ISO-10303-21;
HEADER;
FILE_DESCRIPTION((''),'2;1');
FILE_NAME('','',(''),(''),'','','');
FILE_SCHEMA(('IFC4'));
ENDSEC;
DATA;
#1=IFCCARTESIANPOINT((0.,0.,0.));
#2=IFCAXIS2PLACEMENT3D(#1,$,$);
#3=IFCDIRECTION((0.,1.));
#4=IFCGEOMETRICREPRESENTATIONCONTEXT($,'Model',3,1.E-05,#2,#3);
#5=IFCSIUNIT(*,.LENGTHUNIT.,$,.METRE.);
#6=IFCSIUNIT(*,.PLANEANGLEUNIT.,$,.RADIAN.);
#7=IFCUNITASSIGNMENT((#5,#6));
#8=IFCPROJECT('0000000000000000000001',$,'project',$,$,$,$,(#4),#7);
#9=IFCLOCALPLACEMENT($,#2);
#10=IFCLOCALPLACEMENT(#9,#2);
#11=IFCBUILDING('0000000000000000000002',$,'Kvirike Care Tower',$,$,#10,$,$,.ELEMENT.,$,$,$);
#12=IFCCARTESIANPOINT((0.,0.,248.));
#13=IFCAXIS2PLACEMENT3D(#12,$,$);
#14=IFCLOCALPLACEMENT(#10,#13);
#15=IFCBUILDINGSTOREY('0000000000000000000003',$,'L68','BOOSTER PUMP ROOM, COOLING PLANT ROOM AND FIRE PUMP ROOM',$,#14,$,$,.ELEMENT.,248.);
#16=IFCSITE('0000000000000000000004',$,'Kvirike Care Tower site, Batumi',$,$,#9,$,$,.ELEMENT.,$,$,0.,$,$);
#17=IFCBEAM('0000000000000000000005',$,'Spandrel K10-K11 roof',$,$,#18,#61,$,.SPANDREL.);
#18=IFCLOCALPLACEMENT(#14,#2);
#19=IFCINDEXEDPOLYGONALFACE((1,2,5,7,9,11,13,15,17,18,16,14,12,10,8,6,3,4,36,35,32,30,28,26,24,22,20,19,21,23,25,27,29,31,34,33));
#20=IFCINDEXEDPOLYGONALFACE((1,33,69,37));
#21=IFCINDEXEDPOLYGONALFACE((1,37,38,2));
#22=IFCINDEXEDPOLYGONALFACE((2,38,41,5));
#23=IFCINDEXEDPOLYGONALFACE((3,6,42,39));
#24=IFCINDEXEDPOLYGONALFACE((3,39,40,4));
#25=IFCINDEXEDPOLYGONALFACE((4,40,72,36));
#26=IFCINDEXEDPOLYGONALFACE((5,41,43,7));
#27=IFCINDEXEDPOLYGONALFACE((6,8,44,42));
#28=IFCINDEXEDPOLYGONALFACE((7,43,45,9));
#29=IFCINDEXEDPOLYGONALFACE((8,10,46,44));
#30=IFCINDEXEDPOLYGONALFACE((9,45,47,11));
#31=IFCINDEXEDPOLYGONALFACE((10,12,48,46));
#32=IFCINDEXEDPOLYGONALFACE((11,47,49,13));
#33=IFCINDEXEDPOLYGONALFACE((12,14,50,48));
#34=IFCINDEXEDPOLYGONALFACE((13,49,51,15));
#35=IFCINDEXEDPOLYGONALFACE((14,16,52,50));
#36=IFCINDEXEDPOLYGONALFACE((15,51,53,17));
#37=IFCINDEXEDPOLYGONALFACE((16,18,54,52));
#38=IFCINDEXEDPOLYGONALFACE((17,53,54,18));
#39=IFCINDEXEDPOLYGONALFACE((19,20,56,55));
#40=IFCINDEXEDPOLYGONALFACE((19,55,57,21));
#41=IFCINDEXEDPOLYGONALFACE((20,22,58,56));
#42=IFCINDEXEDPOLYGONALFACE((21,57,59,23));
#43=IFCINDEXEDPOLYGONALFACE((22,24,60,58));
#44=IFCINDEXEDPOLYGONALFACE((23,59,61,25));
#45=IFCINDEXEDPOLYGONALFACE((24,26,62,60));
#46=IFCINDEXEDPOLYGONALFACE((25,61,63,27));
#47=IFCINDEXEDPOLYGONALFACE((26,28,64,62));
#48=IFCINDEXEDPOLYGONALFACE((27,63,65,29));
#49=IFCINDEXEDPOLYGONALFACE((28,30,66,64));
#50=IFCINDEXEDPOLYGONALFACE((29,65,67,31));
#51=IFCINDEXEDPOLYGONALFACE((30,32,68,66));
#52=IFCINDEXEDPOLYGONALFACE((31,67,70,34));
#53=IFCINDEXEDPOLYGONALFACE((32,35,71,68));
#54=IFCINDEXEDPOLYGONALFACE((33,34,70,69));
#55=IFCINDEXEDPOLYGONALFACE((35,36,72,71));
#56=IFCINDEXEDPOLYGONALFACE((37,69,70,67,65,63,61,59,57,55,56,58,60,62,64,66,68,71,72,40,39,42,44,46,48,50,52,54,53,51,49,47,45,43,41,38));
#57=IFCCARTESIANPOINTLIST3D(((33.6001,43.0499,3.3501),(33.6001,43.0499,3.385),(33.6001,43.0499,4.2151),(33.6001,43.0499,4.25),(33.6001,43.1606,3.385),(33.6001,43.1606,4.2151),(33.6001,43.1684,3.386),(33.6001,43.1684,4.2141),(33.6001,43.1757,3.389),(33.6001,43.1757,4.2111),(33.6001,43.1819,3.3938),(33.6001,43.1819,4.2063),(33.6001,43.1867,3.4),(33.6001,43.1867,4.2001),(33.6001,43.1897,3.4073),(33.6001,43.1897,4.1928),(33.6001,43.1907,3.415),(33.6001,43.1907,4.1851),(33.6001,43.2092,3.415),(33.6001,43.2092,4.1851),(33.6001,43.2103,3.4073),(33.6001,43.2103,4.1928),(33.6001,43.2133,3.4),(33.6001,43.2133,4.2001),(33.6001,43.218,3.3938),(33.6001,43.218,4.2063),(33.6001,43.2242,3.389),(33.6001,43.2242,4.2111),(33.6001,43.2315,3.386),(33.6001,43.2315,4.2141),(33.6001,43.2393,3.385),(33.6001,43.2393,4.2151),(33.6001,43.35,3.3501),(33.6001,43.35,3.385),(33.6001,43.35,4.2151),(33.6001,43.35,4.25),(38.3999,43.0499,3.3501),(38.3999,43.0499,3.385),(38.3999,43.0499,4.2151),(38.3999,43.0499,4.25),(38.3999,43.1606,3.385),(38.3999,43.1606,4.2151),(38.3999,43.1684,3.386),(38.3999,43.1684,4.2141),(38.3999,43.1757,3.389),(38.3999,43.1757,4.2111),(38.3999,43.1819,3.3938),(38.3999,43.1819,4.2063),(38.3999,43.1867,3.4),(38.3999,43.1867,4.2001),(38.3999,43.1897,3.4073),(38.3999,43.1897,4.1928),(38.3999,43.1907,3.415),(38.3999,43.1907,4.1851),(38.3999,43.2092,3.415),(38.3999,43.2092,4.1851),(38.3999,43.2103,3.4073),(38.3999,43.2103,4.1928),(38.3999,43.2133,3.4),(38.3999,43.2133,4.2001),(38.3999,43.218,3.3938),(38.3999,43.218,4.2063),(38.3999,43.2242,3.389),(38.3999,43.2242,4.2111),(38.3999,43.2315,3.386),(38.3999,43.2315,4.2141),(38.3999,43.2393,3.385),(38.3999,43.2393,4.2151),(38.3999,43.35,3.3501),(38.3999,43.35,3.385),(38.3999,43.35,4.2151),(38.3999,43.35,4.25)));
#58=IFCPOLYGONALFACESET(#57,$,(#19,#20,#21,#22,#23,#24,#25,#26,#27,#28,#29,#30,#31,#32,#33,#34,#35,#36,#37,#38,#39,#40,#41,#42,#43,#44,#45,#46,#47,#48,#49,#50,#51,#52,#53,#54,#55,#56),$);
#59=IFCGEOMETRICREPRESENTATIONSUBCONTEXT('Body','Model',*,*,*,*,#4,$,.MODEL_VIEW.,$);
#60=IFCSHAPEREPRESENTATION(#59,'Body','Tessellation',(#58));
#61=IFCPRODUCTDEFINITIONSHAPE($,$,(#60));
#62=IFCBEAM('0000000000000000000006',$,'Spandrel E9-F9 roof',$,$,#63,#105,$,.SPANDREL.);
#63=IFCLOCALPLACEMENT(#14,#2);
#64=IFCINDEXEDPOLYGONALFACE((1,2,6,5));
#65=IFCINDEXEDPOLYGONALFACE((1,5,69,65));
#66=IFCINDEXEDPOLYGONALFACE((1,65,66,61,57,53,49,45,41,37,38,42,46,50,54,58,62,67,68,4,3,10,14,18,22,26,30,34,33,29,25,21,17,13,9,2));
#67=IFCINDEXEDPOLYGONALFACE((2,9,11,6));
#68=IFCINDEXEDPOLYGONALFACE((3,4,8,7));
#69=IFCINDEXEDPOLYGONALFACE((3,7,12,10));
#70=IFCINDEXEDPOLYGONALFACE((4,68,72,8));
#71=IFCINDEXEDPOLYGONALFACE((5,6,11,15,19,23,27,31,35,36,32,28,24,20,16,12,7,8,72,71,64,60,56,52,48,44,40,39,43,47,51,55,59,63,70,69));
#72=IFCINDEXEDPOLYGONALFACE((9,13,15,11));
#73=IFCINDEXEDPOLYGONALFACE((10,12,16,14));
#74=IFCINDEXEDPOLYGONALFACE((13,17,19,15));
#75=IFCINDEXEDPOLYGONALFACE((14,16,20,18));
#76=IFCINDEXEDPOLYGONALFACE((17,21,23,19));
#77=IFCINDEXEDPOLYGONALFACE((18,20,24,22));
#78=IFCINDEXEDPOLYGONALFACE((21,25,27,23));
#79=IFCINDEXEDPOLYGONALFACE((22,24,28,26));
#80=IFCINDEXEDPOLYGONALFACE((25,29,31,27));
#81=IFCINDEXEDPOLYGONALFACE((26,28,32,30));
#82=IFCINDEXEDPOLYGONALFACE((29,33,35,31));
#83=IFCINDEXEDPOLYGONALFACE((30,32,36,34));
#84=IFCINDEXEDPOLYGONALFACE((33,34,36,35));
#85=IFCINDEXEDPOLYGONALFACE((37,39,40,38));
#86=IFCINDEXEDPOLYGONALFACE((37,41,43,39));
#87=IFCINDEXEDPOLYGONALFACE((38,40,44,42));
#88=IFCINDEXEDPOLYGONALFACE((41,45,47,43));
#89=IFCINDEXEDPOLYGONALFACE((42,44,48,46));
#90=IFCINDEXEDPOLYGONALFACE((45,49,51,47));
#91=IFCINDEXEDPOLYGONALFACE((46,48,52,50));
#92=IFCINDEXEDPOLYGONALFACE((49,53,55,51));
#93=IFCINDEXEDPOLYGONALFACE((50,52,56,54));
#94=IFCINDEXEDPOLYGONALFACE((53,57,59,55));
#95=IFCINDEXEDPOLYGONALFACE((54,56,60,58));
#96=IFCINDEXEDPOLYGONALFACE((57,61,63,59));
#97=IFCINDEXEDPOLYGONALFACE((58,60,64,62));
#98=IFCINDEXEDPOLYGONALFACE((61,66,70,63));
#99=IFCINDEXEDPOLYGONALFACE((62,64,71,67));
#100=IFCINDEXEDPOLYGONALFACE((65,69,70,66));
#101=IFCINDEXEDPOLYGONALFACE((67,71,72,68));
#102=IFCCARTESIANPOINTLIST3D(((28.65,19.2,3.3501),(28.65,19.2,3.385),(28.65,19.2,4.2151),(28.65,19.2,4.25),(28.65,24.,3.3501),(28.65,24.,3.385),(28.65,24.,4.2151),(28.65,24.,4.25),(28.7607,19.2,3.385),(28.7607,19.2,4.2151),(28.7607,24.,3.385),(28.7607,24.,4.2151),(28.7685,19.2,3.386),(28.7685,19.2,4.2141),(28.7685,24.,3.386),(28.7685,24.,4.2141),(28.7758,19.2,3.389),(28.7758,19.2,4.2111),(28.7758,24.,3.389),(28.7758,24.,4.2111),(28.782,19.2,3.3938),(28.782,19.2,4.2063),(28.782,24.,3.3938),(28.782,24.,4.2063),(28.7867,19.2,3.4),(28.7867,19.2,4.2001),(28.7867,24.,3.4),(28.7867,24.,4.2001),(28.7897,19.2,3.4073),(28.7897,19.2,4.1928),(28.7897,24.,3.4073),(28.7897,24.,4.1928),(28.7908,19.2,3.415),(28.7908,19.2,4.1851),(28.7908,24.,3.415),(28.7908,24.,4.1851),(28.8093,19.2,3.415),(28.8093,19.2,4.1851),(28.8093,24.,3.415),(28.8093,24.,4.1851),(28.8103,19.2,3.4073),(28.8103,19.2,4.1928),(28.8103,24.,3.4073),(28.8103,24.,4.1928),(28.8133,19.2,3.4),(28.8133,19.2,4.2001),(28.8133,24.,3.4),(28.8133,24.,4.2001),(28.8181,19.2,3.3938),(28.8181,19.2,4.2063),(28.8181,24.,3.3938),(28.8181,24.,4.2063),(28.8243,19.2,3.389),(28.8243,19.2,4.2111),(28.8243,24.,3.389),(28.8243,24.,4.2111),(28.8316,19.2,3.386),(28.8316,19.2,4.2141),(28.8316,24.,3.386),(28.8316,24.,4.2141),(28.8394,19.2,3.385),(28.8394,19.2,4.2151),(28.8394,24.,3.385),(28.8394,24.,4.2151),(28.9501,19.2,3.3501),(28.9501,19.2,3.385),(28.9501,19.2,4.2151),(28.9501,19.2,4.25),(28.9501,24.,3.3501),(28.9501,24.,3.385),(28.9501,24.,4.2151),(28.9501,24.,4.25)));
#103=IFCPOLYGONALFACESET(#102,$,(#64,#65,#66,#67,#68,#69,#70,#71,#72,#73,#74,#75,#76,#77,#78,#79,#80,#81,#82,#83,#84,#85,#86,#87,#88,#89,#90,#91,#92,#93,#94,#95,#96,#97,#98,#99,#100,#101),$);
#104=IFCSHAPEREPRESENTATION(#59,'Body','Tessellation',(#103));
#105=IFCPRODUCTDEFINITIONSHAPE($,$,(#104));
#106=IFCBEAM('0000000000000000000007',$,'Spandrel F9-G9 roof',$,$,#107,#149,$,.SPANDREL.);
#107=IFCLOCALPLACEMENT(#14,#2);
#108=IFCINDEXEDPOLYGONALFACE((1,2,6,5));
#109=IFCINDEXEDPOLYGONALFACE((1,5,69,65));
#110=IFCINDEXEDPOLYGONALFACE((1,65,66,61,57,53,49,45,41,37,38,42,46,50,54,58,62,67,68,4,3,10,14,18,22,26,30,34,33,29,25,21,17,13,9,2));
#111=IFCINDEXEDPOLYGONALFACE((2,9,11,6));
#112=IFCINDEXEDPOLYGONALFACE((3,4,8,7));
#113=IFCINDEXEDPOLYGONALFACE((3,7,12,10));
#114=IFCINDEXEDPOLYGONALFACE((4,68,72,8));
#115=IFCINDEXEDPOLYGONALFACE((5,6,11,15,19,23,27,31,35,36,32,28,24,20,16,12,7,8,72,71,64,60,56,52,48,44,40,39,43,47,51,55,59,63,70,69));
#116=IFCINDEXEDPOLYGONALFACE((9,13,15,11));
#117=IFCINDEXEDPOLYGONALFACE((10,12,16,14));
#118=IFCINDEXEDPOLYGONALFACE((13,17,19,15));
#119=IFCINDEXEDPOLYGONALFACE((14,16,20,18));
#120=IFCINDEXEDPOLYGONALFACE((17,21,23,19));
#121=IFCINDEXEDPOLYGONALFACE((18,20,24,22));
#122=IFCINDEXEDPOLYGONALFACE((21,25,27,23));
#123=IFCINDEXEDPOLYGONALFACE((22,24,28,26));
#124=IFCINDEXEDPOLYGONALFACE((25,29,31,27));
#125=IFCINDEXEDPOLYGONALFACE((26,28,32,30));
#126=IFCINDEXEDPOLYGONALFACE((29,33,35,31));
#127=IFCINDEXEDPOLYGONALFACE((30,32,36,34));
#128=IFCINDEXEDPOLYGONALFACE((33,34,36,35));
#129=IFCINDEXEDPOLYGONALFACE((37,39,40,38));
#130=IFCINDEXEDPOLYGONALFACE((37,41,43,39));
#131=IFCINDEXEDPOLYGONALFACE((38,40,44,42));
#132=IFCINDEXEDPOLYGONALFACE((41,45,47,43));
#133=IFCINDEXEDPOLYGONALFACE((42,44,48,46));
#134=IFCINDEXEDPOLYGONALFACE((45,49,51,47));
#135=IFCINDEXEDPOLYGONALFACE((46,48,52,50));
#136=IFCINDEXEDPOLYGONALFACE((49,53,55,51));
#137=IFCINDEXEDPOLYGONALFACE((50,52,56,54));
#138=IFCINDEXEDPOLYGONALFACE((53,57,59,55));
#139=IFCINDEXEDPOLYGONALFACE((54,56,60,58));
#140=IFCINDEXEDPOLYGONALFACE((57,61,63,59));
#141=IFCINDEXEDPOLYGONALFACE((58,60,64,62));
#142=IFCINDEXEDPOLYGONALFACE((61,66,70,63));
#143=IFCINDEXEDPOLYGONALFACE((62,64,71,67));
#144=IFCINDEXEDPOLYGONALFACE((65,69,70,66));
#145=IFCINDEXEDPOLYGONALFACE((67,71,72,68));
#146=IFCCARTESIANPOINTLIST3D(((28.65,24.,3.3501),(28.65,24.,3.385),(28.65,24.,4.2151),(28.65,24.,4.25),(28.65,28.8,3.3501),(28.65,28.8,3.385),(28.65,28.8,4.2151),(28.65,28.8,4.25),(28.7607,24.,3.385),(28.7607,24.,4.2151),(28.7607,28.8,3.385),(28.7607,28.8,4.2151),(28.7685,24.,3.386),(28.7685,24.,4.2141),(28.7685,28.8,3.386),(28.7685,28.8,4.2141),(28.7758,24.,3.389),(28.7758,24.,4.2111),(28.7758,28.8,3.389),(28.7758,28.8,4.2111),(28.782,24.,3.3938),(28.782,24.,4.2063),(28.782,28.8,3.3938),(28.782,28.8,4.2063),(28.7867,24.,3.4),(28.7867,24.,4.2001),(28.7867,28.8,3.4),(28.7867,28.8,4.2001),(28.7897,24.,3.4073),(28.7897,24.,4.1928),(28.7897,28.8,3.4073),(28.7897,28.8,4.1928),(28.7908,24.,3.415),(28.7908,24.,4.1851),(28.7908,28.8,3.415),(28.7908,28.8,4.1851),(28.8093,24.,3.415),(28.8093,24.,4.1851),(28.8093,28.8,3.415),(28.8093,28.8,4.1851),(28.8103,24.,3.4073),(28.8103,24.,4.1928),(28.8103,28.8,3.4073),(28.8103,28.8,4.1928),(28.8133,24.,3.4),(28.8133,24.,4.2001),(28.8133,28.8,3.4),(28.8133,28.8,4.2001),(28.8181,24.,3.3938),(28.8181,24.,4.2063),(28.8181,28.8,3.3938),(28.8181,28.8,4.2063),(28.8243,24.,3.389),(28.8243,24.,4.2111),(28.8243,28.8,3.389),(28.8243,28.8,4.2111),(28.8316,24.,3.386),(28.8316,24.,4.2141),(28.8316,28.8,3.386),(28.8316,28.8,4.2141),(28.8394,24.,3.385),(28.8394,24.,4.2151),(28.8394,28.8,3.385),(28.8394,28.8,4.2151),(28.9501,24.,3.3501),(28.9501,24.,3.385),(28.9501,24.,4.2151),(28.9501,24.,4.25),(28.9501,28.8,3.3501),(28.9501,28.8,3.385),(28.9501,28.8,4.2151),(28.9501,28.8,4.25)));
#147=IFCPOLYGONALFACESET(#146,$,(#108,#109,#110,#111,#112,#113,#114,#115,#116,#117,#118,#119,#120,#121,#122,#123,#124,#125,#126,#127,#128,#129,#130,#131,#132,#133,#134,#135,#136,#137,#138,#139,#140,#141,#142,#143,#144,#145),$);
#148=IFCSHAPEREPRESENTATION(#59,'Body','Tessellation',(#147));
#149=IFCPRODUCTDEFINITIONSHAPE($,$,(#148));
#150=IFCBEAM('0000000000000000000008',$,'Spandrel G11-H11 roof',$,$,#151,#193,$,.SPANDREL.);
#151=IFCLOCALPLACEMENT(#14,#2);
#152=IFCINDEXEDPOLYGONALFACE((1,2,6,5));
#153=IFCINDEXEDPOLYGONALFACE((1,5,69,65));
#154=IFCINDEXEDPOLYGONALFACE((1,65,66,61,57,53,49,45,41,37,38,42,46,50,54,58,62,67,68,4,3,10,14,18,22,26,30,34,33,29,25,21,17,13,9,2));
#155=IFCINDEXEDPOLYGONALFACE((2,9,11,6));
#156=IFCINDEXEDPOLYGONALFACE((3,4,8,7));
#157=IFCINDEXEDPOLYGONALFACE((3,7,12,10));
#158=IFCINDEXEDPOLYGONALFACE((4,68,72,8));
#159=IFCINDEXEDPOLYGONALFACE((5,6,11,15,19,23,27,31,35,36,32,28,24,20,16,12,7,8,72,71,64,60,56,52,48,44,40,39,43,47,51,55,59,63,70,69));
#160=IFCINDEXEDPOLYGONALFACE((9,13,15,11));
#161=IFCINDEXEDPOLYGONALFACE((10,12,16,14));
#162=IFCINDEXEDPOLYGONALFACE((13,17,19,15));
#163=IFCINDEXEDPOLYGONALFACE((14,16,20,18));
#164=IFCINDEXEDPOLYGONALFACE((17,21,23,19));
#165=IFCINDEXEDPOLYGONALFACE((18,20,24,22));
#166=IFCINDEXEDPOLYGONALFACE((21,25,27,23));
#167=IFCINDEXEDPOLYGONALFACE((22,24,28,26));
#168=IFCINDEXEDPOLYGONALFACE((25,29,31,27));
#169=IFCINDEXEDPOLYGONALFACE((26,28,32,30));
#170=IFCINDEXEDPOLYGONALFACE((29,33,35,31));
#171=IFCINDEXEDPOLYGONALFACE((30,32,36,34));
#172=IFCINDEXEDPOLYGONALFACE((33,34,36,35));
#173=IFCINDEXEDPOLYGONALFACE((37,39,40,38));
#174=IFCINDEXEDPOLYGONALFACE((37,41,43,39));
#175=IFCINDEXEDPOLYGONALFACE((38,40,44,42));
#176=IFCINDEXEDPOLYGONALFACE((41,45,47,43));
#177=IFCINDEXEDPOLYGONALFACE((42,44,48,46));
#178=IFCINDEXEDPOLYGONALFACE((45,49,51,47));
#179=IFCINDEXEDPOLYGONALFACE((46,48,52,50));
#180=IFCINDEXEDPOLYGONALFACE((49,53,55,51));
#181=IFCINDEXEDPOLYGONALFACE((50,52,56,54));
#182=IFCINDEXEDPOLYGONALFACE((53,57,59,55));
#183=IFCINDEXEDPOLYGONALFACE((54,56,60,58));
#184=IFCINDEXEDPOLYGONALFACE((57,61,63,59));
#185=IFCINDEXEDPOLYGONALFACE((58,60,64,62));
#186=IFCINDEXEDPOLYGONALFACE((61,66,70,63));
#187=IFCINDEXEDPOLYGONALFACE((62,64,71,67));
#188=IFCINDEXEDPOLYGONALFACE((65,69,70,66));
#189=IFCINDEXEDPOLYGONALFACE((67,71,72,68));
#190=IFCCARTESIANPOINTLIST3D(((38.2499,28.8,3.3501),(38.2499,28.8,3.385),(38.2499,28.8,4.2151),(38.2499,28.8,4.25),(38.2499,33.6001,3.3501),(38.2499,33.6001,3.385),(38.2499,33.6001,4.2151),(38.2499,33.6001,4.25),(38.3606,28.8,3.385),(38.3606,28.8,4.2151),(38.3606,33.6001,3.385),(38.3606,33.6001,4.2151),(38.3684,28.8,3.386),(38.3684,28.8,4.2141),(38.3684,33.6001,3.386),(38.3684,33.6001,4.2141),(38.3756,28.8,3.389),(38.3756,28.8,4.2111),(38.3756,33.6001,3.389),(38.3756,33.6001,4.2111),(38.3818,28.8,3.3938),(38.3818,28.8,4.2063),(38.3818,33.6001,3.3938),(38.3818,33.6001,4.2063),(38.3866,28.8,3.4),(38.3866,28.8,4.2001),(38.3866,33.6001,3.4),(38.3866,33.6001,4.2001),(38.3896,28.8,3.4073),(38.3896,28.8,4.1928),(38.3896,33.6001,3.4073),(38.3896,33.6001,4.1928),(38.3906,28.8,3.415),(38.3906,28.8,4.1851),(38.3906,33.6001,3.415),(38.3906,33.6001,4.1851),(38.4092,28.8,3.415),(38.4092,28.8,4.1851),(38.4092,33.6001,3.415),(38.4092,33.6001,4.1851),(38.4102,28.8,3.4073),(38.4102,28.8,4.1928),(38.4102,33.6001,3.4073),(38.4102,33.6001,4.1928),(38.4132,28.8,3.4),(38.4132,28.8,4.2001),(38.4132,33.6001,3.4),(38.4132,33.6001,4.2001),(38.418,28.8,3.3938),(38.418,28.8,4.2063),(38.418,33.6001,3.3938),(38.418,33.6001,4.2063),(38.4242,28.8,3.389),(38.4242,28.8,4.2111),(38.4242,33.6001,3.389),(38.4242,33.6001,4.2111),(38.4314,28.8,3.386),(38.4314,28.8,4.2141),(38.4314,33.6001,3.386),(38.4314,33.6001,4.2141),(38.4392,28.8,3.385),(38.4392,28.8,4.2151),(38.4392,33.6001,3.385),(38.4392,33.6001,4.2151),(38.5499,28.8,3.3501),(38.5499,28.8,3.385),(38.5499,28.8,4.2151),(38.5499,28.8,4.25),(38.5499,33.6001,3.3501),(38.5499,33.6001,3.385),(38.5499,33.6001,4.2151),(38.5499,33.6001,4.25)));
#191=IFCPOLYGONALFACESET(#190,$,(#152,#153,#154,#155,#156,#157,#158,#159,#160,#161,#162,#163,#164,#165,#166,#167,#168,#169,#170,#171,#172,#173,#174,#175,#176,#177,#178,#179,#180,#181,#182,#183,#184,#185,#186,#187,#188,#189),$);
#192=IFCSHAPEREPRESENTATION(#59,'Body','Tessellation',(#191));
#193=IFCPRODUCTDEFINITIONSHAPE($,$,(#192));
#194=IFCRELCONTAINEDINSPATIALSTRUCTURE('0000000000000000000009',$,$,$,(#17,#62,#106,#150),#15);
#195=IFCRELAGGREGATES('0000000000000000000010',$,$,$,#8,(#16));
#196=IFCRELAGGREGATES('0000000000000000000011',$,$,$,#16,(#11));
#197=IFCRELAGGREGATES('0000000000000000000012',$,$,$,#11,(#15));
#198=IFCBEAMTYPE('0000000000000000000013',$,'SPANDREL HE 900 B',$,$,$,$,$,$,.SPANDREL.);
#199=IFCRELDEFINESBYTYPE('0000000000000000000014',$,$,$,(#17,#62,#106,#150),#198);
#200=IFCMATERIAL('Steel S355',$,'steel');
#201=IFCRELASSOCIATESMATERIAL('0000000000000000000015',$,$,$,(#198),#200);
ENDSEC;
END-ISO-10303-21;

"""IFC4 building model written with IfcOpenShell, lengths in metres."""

from ifc_helpers import new_model, si_unit, direction, frame, origin, origin_2d, place, context, subcontext, project, spatial, i_section, extrude, material, material_profile, profile_set, type_object, element, save


model = new_model("IFC4")

# Units and contexts
model_context = context("Model", 3, precision=1e-05, world=origin(), true_north=direction((0.0, 1.0)))
body_context = subcontext(model_context, "Body", "Model", "MODEL_VIEW")
ifc_project = project(units=[si_unit("LENGTHUNIT", "METRE"), si_unit("PLANEANGLEUNIT", "RADIAN")], contexts=[model_context])

# Site, building, storey
site_placement = place(None, origin())
site = spatial("IfcSite", under=ifc_project, at=site_placement, Name="Kvirike Care Tower site, Batumi", CompositionType="ELEMENT", RefElevation=0.0)
building_placement = place(site_placement, origin())
building = spatial("IfcBuilding", under=site, at=building_placement, Name="Kvirike Care Tower", CompositionType="ELEMENT")
storey_placement = place(building_placement, frame((0.0, 0.0, 248.0)))
storey = spatial("IfcBuildingStorey", under=building, at=storey_placement, Name="L68", Description="BOOSTER PUMP ROOM, COOLING PLANT ROOM AND FIRE PUMP ROOM", CompositionType="ELEMENT", Elevation=248.0)

# Beams
ifc_material_1 = material(Name="Steel S355", Category="steel")
ifc_material_profile_1 = material_profile(ifc_material_1, i_section(OverallWidth=0.3, OverallDepth=0.8999, WebThickness=0.0186, FlangeThickness=0.0349, FilletRadius=0.03, at=origin_2d()), Name="HE 900 B")
ifc_profile_set_1 = profile_set([ifc_material_profile_1], Name="Steel S355")
beam_type_1 = type_object("IfcBeamType", Name="SPANDREL HE 900 B", PredefinedType="SPANDREL", material=ifc_profile_set_1)
beam_1_placement = place(storey_placement, frame((33.6001, 43.2, 3.8), z_axis=(1.0, 0.0, 0.0), x_axis=(0.0, 1.0, 0.0)))
element("IfcBeam", 1, at=beam_1_placement, inside=storey, type_object=beam_type_1, Name="Spandrel K10-K11 roof", PredefinedType="SPANDREL", context=body_context, shape_type="SweptSolid", body=[
    extrude(i_section(OverallWidth=0.3, OverallDepth=0.8999, WebThickness=0.0186, FlangeThickness=0.0349, FilletRadius=0.03, at=origin_2d()), origin(), (0.0, 0.0, 1.0), 4.7998),
])
for number, where, z_axis, x_axis, name in (
    (2, (28.8, 19.2, 3.8), (0.0, 1.0, 0.0), (-1.0, 0.0, 0.0), "Spandrel E9-F9 roof"),
    (3, (28.8, 24.0, 3.8), (0.0, 1.0, 0.0), (-1.0, 0.0, 0.0), "Spandrel F9-G9 roof"),
    (4, (38.3999, 28.8, 3.8), (0.0, 1.0, 0.0), (-1.0, 0.0, 0.0), "Spandrel G11-H11 roof"),
):
    element("IfcBeam", number, at=place(storey_placement, frame(where, z_axis=z_axis, x_axis=x_axis)), inside=storey, type_object=beam_type_1, Name=name, PredefinedType="SPANDREL", context=body_context, shape_type="SweptSolid", body=[
        extrude(i_section(OverallWidth=0.3, OverallDepth=0.8999, WebThickness=0.0186, FlangeThickness=0.0349, FilletRadius=0.03, at=origin_2d()), origin(), (0.0, 0.0, 1.0), 4.8),
    ])

save(model, "model.ifc")
